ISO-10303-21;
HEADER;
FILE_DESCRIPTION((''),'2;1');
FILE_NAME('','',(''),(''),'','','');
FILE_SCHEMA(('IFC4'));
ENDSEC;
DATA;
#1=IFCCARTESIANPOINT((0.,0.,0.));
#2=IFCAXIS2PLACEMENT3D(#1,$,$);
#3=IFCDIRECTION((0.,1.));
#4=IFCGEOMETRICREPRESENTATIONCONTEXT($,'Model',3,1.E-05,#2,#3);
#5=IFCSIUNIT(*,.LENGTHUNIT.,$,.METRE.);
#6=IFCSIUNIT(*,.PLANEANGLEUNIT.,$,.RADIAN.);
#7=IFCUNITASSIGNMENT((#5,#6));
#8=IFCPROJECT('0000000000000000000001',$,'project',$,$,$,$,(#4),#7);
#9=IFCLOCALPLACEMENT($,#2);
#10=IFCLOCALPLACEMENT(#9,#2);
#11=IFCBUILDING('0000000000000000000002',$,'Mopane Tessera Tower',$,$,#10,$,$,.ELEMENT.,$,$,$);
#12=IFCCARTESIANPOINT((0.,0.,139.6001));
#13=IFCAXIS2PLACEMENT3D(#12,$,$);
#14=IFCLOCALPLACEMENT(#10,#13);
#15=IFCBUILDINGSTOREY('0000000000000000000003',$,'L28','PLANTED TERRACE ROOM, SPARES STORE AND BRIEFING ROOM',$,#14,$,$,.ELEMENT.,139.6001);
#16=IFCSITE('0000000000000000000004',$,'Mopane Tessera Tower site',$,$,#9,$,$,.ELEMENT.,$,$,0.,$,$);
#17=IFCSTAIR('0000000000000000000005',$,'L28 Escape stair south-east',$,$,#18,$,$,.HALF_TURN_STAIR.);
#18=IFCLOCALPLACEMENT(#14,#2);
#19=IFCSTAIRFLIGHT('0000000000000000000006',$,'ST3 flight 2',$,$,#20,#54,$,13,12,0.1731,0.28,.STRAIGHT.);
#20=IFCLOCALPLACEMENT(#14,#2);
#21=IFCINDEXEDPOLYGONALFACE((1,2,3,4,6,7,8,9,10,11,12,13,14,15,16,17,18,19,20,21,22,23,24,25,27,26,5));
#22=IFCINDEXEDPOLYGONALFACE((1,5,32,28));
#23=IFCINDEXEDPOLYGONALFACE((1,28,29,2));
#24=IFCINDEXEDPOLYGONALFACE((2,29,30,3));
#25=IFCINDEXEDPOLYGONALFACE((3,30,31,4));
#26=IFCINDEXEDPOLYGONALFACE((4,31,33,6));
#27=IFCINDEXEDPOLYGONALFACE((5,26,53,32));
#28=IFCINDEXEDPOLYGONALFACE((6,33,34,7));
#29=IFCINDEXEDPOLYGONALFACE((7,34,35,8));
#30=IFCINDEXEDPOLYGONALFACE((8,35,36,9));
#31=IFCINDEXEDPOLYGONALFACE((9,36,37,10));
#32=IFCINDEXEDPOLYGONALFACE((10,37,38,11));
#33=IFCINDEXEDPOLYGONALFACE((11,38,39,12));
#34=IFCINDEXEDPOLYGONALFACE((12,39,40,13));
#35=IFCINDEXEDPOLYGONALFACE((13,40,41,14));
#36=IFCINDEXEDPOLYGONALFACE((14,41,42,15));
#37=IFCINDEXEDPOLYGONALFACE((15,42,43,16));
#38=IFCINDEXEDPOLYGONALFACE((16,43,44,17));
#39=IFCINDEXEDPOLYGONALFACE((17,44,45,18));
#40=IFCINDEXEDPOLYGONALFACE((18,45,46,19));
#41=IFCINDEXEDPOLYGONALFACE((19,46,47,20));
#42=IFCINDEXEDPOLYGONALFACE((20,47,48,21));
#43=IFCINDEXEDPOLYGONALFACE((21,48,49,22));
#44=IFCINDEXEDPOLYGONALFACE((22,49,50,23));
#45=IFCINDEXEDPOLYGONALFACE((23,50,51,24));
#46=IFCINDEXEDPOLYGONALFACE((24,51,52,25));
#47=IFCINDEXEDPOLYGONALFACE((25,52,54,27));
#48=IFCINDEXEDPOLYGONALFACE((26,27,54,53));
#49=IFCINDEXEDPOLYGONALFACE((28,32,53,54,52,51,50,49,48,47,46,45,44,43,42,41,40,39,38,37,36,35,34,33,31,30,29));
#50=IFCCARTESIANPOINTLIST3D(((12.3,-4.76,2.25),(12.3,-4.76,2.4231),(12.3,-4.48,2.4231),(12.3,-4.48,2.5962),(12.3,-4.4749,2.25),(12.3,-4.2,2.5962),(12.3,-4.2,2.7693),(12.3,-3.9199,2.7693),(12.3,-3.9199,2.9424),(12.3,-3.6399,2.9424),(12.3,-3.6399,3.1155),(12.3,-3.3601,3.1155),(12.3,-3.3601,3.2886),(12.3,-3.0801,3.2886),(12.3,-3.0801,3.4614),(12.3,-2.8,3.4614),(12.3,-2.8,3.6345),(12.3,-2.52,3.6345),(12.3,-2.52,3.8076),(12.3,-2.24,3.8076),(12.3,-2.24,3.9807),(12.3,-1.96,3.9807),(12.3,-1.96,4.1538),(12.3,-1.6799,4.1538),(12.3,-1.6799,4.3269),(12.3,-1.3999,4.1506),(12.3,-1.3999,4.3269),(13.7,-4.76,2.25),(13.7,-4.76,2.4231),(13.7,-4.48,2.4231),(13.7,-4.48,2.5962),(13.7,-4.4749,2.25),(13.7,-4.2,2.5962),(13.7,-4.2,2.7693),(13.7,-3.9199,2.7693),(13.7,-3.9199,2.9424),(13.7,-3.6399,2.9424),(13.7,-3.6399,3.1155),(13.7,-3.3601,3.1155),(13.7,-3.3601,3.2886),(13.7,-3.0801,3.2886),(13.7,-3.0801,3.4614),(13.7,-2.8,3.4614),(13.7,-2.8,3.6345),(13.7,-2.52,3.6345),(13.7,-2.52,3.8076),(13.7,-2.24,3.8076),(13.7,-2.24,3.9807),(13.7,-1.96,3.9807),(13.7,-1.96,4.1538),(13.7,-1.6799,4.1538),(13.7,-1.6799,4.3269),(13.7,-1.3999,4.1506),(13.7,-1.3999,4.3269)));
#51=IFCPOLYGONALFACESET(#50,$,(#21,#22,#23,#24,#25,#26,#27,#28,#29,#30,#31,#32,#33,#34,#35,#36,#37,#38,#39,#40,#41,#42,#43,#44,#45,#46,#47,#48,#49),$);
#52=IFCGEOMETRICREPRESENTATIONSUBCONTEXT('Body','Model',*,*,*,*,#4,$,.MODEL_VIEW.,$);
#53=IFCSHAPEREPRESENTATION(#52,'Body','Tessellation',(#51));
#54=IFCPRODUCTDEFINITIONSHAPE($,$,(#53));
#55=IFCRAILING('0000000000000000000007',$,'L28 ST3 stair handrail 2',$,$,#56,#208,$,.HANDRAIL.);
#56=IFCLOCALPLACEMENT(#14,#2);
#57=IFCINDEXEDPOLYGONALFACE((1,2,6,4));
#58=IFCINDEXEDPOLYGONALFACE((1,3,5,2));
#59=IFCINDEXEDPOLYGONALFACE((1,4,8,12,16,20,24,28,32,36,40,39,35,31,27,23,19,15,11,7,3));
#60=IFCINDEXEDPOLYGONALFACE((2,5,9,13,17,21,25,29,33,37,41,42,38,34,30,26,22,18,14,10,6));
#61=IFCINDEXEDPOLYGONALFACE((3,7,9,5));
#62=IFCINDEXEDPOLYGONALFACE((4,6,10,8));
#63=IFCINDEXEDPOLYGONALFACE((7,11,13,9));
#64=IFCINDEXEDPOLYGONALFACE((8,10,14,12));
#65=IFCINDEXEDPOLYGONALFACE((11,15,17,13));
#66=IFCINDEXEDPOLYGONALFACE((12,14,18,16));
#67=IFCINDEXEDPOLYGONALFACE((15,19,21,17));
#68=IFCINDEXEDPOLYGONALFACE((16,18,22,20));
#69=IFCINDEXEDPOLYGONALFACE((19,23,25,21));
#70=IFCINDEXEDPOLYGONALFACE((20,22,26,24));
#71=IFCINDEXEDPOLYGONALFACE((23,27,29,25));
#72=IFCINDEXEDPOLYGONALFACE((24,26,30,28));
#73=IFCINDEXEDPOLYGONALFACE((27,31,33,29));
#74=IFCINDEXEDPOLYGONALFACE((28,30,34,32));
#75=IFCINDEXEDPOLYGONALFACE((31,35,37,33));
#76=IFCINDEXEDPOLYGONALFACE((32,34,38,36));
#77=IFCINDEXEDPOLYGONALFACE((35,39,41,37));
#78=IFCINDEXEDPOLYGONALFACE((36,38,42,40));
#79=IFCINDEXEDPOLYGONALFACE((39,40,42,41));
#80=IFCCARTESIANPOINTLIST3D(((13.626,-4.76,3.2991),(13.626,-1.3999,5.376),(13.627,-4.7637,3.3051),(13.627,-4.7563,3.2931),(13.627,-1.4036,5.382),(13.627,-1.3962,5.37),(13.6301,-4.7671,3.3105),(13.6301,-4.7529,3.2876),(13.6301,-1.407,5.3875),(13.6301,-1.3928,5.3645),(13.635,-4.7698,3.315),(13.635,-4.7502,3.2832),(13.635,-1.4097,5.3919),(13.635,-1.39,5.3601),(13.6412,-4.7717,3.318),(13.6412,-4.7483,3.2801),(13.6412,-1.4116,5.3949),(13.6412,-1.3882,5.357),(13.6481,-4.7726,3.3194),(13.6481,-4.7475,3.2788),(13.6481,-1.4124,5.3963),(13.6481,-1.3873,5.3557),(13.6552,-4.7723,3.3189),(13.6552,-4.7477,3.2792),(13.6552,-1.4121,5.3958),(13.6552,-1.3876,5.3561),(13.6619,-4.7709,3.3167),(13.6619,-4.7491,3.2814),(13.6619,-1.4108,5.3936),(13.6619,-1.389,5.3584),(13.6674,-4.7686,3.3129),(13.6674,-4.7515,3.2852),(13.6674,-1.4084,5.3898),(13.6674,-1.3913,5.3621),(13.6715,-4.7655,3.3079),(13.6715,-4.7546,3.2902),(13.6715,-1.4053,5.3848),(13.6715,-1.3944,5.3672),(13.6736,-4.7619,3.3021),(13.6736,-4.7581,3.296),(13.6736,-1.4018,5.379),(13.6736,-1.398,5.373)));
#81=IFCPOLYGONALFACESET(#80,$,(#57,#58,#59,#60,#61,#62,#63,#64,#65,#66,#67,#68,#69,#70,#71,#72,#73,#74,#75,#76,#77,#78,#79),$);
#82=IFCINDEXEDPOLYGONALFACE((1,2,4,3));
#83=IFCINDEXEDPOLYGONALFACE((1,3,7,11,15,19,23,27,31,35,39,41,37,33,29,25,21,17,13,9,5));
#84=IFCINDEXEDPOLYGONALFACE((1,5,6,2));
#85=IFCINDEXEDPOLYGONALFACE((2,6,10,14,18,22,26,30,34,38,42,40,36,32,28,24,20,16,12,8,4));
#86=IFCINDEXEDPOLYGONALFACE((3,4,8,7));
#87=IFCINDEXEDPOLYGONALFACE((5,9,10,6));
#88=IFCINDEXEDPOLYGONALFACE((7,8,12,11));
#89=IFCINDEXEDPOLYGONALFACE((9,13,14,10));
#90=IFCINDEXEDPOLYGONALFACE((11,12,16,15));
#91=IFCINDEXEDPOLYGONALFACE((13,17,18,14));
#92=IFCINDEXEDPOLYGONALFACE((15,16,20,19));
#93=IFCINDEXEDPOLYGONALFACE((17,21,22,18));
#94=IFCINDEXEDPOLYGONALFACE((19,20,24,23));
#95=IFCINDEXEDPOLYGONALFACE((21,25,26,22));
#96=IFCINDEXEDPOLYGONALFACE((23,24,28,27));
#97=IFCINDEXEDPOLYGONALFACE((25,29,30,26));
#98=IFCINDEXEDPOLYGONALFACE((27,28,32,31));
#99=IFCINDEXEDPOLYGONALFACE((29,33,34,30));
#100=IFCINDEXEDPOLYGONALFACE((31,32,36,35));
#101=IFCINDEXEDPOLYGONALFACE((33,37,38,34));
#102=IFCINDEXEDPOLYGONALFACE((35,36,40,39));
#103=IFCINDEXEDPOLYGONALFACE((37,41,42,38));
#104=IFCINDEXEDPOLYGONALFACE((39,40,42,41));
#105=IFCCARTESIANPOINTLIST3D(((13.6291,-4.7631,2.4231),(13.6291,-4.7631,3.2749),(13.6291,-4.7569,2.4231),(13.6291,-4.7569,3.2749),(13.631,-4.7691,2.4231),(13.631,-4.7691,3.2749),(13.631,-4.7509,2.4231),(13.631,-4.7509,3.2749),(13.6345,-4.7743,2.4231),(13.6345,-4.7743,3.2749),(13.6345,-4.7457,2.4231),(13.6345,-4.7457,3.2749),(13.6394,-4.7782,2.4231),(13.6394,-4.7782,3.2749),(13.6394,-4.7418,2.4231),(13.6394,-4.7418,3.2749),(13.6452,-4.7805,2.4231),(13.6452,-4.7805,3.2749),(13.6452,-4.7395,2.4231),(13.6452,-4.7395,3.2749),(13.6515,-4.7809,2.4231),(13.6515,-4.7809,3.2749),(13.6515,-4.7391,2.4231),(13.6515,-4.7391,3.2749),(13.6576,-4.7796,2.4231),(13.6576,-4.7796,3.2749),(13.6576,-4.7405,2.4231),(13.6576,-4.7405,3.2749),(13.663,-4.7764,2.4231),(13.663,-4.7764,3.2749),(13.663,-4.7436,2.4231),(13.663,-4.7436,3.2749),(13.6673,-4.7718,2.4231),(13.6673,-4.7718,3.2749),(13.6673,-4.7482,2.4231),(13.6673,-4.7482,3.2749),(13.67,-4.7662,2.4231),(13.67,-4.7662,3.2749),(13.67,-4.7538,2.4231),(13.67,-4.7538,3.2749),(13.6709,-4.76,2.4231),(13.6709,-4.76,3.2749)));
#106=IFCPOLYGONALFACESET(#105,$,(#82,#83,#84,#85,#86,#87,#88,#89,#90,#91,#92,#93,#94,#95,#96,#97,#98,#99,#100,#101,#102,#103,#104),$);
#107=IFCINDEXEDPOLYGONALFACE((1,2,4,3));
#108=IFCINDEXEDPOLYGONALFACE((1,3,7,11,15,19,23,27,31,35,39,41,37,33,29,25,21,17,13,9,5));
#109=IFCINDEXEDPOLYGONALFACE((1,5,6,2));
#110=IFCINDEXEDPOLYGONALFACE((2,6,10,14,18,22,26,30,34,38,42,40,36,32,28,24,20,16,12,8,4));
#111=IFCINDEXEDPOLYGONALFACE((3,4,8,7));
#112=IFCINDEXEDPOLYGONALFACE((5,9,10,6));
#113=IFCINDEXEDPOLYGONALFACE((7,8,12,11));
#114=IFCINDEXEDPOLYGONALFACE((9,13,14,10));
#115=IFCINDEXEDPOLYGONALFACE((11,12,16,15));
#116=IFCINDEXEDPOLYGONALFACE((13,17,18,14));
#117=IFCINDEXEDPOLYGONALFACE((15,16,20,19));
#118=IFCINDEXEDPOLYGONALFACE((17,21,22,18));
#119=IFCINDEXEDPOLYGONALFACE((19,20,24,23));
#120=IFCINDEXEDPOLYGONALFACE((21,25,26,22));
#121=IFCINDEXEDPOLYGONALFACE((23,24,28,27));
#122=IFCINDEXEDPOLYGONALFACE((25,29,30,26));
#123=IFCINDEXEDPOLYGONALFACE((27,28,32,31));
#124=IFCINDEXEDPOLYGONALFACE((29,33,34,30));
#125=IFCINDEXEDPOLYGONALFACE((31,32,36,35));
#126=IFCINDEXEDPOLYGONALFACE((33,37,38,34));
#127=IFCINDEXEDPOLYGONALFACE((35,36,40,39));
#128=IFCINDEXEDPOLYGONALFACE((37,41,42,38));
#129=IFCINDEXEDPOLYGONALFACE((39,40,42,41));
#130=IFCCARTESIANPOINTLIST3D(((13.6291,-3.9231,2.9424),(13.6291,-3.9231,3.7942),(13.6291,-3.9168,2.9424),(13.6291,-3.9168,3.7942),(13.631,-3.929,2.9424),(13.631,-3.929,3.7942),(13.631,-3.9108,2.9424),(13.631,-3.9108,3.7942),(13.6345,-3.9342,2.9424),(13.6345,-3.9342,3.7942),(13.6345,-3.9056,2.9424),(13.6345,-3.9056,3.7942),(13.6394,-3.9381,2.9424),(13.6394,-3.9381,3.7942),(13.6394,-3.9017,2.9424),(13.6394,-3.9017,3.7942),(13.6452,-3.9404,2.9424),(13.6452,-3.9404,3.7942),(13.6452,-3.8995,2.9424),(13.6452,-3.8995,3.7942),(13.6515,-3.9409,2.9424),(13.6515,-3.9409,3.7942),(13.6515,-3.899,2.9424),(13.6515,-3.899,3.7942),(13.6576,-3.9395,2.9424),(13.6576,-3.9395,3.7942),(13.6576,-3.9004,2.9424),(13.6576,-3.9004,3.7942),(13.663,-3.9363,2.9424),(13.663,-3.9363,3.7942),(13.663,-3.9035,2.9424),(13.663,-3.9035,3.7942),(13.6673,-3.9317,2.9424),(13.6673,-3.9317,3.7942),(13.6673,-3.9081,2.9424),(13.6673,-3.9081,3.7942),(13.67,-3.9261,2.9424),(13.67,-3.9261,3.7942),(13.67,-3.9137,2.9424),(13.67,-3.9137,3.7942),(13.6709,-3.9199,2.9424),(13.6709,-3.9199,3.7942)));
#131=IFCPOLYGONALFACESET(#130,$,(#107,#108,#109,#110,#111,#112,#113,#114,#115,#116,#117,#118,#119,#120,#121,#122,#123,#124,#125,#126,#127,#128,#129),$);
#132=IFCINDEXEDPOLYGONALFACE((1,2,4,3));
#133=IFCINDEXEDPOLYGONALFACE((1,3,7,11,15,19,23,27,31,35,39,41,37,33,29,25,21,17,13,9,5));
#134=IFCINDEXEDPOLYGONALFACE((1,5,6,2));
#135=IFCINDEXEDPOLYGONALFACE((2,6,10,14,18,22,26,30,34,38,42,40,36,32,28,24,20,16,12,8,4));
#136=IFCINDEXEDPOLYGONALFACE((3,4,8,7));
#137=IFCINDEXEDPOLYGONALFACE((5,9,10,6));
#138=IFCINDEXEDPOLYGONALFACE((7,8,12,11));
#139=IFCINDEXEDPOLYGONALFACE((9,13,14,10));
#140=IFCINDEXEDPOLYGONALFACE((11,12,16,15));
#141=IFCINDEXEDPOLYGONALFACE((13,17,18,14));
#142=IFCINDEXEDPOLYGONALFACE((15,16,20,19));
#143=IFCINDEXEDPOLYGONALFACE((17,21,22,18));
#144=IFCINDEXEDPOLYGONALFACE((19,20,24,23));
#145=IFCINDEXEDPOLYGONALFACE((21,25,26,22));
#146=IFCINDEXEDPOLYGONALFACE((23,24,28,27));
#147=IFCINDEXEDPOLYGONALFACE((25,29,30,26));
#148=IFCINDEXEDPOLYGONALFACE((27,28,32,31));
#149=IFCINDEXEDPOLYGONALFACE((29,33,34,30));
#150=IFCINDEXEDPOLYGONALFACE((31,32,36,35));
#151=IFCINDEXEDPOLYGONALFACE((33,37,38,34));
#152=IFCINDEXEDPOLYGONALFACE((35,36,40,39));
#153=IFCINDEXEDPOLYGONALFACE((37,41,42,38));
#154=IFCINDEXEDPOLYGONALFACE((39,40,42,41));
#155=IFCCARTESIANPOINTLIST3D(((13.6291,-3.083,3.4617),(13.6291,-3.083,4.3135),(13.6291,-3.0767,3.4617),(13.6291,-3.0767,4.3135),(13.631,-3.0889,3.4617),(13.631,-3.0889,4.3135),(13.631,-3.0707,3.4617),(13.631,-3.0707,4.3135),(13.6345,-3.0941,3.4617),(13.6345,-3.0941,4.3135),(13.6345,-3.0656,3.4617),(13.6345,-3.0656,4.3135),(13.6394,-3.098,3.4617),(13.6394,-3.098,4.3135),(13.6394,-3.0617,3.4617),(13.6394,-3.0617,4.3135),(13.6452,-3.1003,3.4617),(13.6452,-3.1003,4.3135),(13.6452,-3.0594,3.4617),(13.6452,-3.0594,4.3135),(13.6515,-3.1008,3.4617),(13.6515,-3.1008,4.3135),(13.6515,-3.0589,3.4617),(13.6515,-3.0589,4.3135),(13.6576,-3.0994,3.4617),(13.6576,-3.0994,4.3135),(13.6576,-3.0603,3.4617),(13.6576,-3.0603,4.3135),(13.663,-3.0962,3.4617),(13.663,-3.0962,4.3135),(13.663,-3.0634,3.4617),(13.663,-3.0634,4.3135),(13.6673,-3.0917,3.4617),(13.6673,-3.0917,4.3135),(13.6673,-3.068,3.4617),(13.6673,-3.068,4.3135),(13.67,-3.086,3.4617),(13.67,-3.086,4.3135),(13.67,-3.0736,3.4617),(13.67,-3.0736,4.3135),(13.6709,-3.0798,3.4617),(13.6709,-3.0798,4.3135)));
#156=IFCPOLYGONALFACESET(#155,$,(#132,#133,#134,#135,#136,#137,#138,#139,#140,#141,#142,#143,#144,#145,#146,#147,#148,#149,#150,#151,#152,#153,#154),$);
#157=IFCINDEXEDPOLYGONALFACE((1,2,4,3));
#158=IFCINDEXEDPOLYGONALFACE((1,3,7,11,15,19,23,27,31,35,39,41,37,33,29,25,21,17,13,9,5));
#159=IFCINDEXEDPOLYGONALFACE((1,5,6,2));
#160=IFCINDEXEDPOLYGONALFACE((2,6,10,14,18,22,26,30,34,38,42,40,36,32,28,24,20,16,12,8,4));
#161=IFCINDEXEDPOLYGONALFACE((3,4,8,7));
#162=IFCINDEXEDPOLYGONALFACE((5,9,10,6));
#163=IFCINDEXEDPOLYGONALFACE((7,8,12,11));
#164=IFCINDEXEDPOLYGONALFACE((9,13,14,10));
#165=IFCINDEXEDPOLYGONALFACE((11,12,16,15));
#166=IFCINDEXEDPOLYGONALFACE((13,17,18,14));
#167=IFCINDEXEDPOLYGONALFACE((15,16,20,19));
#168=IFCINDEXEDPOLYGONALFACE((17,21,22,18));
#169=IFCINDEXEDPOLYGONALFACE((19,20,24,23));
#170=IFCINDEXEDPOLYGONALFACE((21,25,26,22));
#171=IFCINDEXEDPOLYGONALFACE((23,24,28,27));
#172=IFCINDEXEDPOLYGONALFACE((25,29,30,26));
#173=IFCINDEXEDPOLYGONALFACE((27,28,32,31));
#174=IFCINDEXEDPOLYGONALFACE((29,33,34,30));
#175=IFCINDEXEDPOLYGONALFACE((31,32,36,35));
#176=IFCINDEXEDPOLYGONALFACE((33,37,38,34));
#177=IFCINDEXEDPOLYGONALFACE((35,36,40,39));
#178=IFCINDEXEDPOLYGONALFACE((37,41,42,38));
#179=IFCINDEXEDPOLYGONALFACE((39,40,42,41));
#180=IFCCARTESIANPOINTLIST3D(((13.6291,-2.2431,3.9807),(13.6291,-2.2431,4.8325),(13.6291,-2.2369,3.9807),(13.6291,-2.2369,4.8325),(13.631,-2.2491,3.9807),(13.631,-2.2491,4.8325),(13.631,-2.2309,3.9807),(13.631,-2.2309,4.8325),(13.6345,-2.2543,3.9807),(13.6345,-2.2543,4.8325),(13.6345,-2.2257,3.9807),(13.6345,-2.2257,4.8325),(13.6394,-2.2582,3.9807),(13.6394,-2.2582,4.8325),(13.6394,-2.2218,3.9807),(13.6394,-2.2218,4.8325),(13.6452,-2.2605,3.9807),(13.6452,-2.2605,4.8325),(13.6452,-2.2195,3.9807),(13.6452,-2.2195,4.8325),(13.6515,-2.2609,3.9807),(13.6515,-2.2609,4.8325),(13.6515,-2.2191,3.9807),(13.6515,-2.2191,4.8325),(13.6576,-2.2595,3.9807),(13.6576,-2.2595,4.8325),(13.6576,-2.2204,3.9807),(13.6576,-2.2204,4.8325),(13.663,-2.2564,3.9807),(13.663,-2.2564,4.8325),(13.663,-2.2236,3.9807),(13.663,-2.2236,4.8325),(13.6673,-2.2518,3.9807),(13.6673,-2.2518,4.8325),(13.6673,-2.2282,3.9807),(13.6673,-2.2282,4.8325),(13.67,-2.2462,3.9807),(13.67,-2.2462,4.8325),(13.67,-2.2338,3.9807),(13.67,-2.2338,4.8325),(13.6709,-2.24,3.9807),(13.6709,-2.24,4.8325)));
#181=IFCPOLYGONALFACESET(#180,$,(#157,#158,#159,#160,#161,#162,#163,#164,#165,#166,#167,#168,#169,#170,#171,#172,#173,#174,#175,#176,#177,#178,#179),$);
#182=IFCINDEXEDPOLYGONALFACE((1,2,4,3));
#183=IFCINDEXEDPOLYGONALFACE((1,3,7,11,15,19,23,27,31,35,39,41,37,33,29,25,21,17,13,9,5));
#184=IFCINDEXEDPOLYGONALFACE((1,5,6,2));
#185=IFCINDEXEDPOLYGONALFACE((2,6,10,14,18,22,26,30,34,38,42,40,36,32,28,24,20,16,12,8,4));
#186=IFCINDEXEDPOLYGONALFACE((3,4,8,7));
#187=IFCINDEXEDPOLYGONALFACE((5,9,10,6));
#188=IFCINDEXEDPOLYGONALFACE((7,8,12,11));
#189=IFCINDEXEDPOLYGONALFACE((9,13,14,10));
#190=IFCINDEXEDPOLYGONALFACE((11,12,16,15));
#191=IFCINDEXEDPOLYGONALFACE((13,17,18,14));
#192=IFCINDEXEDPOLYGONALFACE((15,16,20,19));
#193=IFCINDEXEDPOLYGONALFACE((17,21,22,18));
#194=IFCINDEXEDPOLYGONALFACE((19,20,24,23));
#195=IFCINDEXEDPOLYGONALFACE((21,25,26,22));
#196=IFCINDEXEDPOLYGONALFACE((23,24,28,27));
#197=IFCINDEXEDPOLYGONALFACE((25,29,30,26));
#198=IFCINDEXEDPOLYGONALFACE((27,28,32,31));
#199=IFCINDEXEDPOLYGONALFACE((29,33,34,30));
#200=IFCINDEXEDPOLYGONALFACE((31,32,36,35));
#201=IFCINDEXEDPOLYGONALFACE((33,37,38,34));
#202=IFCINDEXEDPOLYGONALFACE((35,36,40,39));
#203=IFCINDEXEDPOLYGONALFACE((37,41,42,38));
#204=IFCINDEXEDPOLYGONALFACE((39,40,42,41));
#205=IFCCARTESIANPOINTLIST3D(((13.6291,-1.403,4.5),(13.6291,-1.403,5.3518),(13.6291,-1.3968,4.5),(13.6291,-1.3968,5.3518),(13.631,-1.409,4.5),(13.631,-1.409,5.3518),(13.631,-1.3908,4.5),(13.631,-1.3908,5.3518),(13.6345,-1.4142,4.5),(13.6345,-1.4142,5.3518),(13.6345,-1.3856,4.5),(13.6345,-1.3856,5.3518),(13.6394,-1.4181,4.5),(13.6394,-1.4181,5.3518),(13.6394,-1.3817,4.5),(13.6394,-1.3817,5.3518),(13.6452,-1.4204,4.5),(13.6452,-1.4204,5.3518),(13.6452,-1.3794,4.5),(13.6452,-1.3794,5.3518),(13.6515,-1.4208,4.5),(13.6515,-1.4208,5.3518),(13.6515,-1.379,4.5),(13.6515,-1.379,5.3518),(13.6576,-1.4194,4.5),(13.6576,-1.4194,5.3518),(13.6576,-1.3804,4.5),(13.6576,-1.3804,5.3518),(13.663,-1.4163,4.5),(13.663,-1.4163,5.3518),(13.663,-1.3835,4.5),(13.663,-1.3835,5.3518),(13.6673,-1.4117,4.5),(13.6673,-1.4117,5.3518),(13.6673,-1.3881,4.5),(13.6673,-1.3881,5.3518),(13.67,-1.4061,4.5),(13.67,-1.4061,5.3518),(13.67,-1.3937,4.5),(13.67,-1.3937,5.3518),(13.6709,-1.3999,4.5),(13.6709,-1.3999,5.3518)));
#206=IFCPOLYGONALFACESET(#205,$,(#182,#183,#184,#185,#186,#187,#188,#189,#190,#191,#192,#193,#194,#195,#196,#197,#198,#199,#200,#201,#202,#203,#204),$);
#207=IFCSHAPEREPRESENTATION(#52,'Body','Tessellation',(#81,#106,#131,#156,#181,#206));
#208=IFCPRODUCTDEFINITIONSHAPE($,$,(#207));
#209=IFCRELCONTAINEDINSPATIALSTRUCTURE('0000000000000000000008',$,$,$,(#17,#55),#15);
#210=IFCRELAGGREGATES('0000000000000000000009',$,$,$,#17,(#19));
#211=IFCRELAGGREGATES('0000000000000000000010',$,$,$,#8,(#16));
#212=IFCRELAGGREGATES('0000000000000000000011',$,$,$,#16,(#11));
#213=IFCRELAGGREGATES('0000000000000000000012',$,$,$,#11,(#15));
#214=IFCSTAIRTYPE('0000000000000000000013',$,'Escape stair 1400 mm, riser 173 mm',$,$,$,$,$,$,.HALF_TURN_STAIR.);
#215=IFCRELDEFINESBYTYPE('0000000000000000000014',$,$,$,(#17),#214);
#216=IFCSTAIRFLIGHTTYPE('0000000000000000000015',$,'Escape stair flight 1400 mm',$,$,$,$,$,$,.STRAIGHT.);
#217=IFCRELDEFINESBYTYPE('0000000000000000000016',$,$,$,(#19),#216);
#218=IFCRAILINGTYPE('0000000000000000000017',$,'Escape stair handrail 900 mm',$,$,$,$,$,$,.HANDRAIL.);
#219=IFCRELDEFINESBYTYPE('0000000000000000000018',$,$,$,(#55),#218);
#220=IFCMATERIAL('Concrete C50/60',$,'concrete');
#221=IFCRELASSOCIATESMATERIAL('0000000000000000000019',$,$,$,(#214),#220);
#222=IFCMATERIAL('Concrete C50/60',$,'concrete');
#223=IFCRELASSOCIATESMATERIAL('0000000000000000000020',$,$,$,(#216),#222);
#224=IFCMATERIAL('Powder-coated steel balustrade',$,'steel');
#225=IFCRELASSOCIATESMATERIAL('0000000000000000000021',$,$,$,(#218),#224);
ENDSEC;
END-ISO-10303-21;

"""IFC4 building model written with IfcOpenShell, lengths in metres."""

from ifc_helpers import new_model, si_unit, direction, frame, origin, origin_2d, place, context, subcontext, project, spatial, polyline, circle, outline, extrude, material, type_object, element, aggregate, save


model = new_model("IFC4")

# Units and contexts
model_context = context("Model", 3, precision=1e-05, world=origin(), true_north=direction((0.0, 1.0)))
body_context = subcontext(model_context, "Body", "Model", "MODEL_VIEW")
ifc_project = project(units=[si_unit("LENGTHUNIT", "METRE"), si_unit("PLANEANGLEUNIT", "RADIAN")], contexts=[model_context])

# Site, building, storey
site_placement = place(None, origin())
site = spatial("IfcSite", under=ifc_project, at=site_placement, Name="Mopane Tessera Tower site", CompositionType="ELEMENT", RefElevation=0.0)
building_placement = place(site_placement, origin())
building = spatial("IfcBuilding", under=site, at=building_placement, Name="Mopane Tessera Tower", CompositionType="ELEMENT")
storey_placement = place(building_placement, frame((0.0, 0.0, 139.6001)))
storey = spatial("IfcBuildingStorey", under=building, at=storey_placement, Name="L28", Description="PLANTED TERRACE ROOM, SPARES STORE AND BRIEFING ROOM", CompositionType="ELEMENT", Elevation=139.6001)

# Stair, stair flight
ifc_material_1 = material(Name="Concrete C50/60", Category="concrete")
stair_type = type_object("IfcStairType", Name="Escape stair 1400 mm, riser 173 mm", PredefinedType="HALF_TURN_STAIR", material=ifc_material_1)
stair_placement = place(storey_placement, origin())
stair = element("IfcStair", 1, at=stair_placement, inside=storey, type_object=stair_type, Name="L28 Escape stair south-east", PredefinedType="HALF_TURN_STAIR")
ifc_material_2 = material(Name="Concrete C50/60", Category="concrete")
stair_flight_type = type_object("IfcStairFlightType", Name="Escape stair flight 1400 mm", PredefinedType="STRAIGHT", material=ifc_material_2)
stair_flight_placement = place(storey_placement, frame((13.0, -4.76, 2.25), z_axis=(0.0, 0.0, 1.0), x_axis=(0.0, 1.0, 0.0)))
stair_flight = element("IfcStairFlight", 2, at=stair_flight_placement, type_object=stair_flight_type, Name="ST3 flight 2", NumberOfRisers=13, NumberOfTreads=12, PredefinedType="STRAIGHT", RiserHeight=0.1731, TreadLength=0.28, context=body_context, shape_type="SweptSolid", body=[
    extrude(outline(polyline([(0.0, 0.0), (0.0, 0.1731), (0.28, 0.1731), (0.28, 0.3462), (0.5601, 0.3462), (0.5601, 0.5193), (0.8401, 0.5193), (0.8401, 0.6924), (1.1201, 0.6924), (1.1201, 0.8655), (1.3999, 0.8655), (1.3999, 1.0386), (1.6799, 1.0386), (1.6799, 1.2114), (1.96, 1.2114), (1.96, 1.3845), (2.24, 1.3845), (2.24, 1.5576), (2.52, 1.5576), (2.52, 1.7307), (2.8, 1.7307), (2.8, 1.9038), (3.0801, 1.9038), (3.0801, 2.0769), (3.3601, 2.0769), (3.3601, 2.25), (3.3601, 1.9006), (0.2852, 0.0), (0.0, 0.0)])), frame((0.0, 0.7, 0.0), z_axis=(0.0, -1.0, 0.0), x_axis=(1.0, 0.0, 0.0)), (0.0, 0.0, 1.0), 1.3999),
])
aggregate(stair, [stair_flight])

# Railing
ifc_material_3 = material(Name="Powder-coated steel balustrade", Category="steel")
railing_type_1 = type_object("IfcRailingType", Name="Escape stair handrail 900 mm", PredefinedType="HANDRAIL", material=ifc_material_3)
railing_1_placement = place(storey_placement, frame((13.6499, -4.76, 2.4231)))
element("IfcRailing", 3, at=railing_1_placement, inside=storey, type_object=railing_type_1, Name="L28 ST3 stair handrail 2", PredefinedType="HANDRAIL", context=body_context, shape_type="SweptSolid", body=[
    extrude(circle(Radius=0.0239, at=origin_2d()), frame((0.0, 0.0, 0.876), z_axis=(0.0, 0.850623, 0.525776), x_axis=(-1.0, 0.0, 0.0)), (0.0, 0.0, 1.0), 3.9502),
    extrude(circle(Radius=0.021, at=origin_2d()), origin(), (0.0, 0.0, 1.0), 0.8518),
    extrude(circle(Radius=0.021, at=origin_2d()), frame((0.0, 0.8401, 0.5193)), (0.0, 0.0, 1.0), 0.8518),
    extrude(circle(Radius=0.021, at=origin_2d()), frame((0.0, 1.6802, 1.0386)), (0.0, 0.0, 1.0), 0.8518),
    extrude(circle(Radius=0.021, at=origin_2d()), frame((0.0, 2.52, 1.5576)), (0.0, 0.0, 1.0), 0.8518),
    extrude(circle(Radius=0.021, at=origin_2d()), frame((0.0, 3.3601, 2.0769)), (0.0, 0.0, 1.0), 0.8518),
])

save(model, "model.ifc")
